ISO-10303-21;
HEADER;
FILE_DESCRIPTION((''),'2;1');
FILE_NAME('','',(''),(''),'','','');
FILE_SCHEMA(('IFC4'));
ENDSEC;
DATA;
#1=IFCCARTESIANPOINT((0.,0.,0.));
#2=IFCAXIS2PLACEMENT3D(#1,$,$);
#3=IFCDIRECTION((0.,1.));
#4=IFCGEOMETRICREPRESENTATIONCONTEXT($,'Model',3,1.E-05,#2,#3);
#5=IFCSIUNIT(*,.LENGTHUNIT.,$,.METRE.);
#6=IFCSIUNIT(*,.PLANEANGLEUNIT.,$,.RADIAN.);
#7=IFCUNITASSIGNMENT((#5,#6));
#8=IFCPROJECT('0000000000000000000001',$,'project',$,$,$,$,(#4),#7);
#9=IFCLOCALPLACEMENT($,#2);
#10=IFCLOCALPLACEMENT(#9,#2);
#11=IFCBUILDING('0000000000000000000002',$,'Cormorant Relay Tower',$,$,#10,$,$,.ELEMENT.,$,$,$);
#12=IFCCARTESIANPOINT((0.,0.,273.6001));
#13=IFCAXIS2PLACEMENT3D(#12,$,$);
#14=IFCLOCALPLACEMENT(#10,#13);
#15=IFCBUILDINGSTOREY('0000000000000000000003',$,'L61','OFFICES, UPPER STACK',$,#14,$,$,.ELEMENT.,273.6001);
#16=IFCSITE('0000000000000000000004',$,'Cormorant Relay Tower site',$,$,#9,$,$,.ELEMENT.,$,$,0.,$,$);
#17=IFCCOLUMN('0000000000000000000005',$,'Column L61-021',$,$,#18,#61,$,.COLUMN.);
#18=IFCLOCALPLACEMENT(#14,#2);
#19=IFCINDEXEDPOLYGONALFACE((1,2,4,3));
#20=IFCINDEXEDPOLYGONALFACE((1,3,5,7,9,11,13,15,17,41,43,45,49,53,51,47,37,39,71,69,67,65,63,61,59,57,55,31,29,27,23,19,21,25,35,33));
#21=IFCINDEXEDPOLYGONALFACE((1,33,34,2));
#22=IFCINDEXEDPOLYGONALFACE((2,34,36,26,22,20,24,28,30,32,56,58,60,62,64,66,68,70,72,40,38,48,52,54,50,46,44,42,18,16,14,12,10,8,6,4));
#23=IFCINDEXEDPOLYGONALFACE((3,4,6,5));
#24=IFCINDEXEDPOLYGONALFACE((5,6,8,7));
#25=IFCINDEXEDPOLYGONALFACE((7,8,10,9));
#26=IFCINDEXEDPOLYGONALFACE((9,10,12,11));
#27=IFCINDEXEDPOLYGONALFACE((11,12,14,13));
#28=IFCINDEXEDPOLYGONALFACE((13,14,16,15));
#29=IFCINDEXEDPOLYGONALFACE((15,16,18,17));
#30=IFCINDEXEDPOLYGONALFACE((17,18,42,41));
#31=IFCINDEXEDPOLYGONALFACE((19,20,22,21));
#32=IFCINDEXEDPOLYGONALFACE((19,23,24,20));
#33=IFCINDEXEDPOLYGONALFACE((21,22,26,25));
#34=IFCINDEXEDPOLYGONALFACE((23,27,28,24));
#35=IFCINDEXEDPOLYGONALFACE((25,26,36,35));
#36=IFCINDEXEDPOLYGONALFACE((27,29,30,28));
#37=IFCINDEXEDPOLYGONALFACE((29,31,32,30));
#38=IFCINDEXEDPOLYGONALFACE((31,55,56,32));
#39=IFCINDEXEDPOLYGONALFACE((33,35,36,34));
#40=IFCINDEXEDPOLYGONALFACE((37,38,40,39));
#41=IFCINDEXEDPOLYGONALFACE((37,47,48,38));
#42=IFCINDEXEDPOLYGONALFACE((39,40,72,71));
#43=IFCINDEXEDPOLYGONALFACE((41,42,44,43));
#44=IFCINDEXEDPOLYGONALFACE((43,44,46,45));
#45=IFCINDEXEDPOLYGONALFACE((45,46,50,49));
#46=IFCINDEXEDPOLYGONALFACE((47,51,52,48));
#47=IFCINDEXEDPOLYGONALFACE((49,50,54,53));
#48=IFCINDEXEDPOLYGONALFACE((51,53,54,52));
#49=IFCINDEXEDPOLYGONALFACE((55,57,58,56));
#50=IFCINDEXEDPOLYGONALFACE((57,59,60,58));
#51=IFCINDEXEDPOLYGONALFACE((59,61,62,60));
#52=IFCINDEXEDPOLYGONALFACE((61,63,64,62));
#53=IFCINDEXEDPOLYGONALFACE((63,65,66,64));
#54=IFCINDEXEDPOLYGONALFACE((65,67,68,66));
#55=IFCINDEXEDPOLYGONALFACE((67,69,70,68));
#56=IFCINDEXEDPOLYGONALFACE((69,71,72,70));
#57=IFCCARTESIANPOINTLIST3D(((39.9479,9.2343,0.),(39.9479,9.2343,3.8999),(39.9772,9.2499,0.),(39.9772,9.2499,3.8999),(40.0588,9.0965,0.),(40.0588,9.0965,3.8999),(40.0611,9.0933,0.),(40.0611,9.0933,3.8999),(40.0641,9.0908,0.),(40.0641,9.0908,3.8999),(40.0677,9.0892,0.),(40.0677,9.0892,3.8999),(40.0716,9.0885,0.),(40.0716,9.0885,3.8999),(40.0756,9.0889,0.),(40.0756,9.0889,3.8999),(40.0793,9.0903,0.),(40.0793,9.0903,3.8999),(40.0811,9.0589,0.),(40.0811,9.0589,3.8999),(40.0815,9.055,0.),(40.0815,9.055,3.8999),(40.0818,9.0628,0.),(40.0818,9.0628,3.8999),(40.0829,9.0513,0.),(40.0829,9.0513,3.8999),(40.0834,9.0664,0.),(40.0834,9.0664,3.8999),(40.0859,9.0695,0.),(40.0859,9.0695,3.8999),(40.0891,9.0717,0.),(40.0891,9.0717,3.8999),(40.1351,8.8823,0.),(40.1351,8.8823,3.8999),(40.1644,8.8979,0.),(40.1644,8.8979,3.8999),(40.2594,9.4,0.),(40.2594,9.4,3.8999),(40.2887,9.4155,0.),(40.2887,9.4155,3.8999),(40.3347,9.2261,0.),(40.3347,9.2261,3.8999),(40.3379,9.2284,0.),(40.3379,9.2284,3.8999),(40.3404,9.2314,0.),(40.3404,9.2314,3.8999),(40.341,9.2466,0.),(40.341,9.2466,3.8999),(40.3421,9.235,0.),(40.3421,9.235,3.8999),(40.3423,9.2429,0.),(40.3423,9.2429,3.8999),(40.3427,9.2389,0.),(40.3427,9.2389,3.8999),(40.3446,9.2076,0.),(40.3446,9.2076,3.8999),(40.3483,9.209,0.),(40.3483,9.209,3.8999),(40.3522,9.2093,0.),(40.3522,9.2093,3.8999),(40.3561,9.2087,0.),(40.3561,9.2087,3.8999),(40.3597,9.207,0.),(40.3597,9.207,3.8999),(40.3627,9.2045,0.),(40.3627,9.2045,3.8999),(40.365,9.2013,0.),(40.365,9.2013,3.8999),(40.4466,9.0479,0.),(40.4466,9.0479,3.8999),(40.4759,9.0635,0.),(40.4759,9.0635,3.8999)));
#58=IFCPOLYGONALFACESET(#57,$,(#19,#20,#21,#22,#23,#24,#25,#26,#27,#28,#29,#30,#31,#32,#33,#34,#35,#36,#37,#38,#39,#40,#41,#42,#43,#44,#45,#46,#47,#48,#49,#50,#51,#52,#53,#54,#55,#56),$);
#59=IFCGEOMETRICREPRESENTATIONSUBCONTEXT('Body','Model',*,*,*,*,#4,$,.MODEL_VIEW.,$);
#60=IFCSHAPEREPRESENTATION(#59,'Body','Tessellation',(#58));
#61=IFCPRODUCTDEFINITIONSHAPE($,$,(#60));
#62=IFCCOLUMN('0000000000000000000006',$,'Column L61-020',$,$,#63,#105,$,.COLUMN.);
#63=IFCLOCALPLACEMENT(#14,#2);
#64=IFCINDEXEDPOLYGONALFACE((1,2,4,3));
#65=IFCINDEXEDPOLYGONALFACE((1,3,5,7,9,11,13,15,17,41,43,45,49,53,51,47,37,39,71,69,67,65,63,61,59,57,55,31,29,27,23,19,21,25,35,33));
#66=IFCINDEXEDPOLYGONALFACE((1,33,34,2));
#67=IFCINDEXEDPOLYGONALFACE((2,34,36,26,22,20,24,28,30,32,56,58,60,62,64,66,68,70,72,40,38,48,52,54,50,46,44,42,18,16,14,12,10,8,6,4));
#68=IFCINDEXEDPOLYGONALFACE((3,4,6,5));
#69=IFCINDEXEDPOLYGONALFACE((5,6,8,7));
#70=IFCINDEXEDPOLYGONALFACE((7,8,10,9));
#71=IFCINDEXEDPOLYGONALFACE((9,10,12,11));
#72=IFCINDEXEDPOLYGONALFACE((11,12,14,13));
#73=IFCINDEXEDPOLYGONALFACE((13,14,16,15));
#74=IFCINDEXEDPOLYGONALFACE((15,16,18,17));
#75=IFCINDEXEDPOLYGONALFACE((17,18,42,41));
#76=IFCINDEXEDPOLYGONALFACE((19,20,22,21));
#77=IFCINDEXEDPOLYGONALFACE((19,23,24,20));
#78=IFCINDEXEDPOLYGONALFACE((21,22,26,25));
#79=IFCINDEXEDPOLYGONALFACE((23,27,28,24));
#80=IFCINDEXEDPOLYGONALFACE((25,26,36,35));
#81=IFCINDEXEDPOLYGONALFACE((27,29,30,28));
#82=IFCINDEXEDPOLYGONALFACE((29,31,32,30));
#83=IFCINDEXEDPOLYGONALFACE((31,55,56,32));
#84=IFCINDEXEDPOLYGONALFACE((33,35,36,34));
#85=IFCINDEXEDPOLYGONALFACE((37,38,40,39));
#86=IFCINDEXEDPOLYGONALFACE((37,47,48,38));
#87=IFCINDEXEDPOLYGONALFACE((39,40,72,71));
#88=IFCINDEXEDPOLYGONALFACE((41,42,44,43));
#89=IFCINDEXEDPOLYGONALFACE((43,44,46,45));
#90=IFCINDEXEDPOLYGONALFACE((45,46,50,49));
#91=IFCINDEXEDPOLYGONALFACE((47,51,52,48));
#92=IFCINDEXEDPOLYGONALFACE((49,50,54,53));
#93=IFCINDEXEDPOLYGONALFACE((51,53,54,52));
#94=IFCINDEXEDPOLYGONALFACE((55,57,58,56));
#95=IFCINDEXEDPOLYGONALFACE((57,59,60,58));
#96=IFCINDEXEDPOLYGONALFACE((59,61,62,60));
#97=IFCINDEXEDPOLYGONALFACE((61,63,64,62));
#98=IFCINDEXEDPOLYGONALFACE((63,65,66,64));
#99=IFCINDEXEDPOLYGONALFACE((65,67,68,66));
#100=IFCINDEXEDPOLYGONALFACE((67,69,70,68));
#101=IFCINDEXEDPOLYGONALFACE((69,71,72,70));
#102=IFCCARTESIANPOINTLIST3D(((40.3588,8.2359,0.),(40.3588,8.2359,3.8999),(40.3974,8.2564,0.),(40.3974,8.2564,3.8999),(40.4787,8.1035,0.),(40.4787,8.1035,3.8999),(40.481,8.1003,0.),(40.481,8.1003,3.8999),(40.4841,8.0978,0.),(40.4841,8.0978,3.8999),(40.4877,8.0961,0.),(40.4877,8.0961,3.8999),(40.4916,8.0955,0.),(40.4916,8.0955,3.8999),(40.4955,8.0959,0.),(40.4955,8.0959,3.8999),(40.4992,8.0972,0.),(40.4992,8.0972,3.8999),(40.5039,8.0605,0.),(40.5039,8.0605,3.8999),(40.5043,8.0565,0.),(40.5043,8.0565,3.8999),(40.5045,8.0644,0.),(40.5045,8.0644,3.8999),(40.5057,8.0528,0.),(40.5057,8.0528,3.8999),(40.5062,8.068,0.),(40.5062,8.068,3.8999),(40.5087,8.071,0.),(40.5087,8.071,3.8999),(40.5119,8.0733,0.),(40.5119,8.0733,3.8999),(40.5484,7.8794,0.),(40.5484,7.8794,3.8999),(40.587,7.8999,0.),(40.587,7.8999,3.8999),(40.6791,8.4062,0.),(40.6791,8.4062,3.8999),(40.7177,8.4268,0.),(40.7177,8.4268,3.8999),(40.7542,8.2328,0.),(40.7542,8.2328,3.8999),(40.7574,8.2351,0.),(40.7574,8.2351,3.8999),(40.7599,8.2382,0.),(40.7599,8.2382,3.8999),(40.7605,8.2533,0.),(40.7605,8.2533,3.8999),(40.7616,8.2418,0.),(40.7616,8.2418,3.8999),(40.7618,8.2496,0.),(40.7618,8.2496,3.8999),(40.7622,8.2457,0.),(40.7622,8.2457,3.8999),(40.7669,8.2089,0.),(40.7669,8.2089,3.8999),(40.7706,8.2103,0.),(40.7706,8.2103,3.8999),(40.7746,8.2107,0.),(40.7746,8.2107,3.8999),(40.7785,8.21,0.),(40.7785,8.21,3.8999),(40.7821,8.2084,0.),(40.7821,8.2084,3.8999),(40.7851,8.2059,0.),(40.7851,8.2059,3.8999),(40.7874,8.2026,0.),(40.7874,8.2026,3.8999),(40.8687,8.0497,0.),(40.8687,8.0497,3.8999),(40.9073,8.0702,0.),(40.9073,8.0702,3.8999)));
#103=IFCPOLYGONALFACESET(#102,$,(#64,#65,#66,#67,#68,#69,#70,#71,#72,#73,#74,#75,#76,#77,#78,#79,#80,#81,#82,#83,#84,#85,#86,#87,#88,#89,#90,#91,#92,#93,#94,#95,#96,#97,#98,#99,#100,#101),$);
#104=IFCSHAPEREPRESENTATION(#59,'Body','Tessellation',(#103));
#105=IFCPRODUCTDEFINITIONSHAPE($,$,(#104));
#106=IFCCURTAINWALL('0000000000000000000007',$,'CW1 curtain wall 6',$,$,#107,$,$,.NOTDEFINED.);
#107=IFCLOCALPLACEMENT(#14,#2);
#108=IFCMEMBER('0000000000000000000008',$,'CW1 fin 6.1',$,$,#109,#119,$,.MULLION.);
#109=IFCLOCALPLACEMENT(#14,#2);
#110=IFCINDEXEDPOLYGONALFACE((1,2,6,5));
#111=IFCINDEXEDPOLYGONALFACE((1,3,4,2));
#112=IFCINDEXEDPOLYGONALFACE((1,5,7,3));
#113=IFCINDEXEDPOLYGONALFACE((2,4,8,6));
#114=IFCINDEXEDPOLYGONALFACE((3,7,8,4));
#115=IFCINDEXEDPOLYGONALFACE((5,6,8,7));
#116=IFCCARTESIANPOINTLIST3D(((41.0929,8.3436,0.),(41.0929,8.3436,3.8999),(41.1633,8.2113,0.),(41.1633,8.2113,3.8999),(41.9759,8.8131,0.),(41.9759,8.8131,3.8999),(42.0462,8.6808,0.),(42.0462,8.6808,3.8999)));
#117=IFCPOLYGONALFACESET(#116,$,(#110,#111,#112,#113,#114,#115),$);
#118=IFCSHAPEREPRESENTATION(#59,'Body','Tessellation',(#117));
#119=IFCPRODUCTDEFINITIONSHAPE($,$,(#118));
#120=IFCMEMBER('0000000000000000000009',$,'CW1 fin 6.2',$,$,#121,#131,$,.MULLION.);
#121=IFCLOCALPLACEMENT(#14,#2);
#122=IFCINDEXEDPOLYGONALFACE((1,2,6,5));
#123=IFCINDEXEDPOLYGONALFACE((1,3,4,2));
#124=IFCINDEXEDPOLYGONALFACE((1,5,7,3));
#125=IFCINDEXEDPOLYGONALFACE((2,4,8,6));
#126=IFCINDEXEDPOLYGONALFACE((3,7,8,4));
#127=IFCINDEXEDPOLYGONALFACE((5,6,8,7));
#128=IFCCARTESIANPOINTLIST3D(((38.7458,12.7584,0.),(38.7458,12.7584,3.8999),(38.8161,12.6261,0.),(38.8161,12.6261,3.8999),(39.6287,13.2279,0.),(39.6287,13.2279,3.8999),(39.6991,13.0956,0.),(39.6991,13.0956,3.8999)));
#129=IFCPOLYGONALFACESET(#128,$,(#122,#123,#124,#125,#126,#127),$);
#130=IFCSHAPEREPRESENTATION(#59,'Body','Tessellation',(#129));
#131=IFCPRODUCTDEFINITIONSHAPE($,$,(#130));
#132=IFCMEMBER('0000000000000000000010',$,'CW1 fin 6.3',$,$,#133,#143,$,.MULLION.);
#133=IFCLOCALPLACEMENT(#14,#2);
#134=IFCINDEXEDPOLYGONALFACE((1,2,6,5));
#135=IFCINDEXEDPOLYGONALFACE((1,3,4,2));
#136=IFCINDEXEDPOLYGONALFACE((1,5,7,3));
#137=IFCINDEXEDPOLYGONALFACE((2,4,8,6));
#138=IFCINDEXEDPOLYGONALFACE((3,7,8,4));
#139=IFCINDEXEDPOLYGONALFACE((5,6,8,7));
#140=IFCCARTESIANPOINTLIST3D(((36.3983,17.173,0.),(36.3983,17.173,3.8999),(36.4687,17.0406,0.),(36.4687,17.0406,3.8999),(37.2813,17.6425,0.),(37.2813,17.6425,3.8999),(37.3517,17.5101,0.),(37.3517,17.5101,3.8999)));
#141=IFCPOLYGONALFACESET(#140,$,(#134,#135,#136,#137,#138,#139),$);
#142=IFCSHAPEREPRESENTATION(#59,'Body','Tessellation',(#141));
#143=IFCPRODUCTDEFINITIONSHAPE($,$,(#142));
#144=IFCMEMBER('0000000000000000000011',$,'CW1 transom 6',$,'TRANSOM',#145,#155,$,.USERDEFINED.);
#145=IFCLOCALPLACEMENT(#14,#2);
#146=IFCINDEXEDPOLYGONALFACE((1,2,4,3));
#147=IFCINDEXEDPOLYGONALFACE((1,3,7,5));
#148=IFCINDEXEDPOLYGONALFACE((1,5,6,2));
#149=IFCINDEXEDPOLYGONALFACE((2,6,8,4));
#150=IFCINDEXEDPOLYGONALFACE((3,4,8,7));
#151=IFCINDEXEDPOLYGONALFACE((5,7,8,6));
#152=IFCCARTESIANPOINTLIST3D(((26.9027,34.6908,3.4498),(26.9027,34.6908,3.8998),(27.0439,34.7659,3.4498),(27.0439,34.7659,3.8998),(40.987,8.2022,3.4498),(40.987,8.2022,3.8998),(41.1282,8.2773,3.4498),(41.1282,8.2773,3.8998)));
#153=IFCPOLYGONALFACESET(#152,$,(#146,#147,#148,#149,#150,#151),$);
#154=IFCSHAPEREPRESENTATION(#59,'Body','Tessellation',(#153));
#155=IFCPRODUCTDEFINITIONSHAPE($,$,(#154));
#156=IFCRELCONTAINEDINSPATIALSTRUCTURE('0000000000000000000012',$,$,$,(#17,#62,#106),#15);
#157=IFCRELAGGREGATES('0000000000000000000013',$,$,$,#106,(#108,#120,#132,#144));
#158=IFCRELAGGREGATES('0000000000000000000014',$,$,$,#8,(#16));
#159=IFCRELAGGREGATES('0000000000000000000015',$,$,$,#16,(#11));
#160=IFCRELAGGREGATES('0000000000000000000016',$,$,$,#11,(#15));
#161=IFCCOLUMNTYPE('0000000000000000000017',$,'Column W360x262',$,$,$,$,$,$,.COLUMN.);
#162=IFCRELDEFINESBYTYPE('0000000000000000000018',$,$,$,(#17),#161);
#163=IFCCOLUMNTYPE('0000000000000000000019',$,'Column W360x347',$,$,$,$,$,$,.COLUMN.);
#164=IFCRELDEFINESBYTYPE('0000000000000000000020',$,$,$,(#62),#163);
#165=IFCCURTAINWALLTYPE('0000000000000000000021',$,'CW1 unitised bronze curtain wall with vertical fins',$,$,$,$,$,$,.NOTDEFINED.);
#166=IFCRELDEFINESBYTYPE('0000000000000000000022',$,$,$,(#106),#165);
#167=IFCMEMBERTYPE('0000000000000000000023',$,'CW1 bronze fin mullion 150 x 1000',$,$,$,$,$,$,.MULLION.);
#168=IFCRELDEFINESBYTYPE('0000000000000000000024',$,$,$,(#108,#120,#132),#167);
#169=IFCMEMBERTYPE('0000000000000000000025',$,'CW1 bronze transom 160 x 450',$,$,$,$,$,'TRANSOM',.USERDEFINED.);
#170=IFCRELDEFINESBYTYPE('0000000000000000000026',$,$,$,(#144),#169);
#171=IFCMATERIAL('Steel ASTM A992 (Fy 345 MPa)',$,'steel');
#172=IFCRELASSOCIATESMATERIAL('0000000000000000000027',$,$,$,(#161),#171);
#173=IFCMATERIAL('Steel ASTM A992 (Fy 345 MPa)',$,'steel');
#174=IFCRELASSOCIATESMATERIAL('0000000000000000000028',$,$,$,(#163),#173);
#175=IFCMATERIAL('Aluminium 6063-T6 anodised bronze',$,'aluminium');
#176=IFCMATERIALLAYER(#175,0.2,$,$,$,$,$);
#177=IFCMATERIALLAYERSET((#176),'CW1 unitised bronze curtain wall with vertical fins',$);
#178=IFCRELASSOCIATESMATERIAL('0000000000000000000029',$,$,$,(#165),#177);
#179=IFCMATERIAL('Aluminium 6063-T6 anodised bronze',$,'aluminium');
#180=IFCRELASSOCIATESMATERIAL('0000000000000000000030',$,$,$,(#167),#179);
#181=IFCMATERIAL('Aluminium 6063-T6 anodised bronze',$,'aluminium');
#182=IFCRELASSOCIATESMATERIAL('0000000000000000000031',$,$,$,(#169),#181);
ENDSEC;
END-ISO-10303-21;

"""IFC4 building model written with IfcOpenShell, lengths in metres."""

from ifc_helpers import new_model, si_unit, direction, frame, origin, origin_2d, place, context, subcontext, project, spatial, rectangle, i_section, extrude, material, layer, layer_set, material_profile, profile_set, type_object, element, aggregate, save


model = new_model("IFC4")

# Units and contexts
model_context = context("Model", 3, precision=1e-05, world=origin(), true_north=direction((0.0, 1.0)))
body_context = subcontext(model_context, "Body", "Model", "MODEL_VIEW")
ifc_project = project(units=[si_unit("LENGTHUNIT", "METRE"), si_unit("PLANEANGLEUNIT", "RADIAN")], contexts=[model_context])

# Site, building, storey
site_placement = place(None, origin())
site = spatial("IfcSite", under=ifc_project, at=site_placement, Name="Cormorant Relay Tower site", CompositionType="ELEMENT", RefElevation=0.0)
building_placement = place(site_placement, origin())
building = spatial("IfcBuilding", under=site, at=building_placement, Name="Cormorant Relay Tower", CompositionType="ELEMENT")
storey_placement = place(building_placement, frame((0.0, 0.0, 273.6001)))
storey = spatial("IfcBuildingStorey", under=building, at=storey_placement, Name="L61", Description="OFFICES, UPPER STACK", CompositionType="ELEMENT", Elevation=273.6001)

# Columns
ifc_material_1 = material(Name="Steel ASTM A992 (Fy 345 MPa)", Category="steel")
ifc_material_profile_1 = material_profile(ifc_material_1, i_section(OverallWidth=0.3987, OverallDepth=0.386, WebThickness=0.021, FlangeThickness=0.0332, FilletRadius=0.0151, at=origin_2d()), Name="W360x262")
ifc_profile_set_1 = profile_set([ifc_material_profile_1], Name="Steel ASTM A992 (Fy 345 MPa)")
column_type_1 = type_object("IfcColumnType", Name="Column W360x262", PredefinedType="COLUMN", material=ifc_profile_set_1)
column_1_placement = place(storey_placement, frame((40.2119, 9.1489, 0.0), z_axis=(0.0, 0.0, 1.0), x_axis=(-0.469472, 0.882948, 0.0)))
element("IfcColumn", 1, at=column_1_placement, inside=storey, type_object=column_type_1, Name="Column L61-021", PredefinedType="COLUMN", context=body_context, shape_type="SweptSolid", body=[
    extrude(i_section(OverallWidth=0.3987, OverallDepth=0.386, WebThickness=0.021, FlangeThickness=0.0332, FilletRadius=0.0151, at=origin_2d()), origin(), (0.0, 0.0, 1.0), 3.8999),
])
ifc_material_2 = material(Name="Steel ASTM A992 (Fy 345 MPa)", Category="steel")
ifc_material_profile_2 = material_profile(ifc_material_2, i_section(OverallWidth=0.4038, OverallDepth=0.4065, WebThickness=0.0271, FlangeThickness=0.0437, FilletRadius=0.0151, at=origin_2d()), Name="W360x347")
ifc_profile_set_2 = profile_set([ifc_material_profile_2], Name="Steel ASTM A992 (Fy 345 MPa)")
column_type_2 = type_object("IfcColumnType", Name="Column W360x347", PredefinedType="COLUMN", material=ifc_profile_set_2)
column_2_placement = place(storey_placement, frame((40.6331, 8.1531, 0.0), z_axis=(0.0, 0.0, 1.0), x_axis=(-0.469472, 0.882948, 0.0)))
element("IfcColumn", 2, at=column_2_placement, inside=storey, type_object=column_type_2, Name="Column L61-020", PredefinedType="COLUMN", context=body_context, shape_type="SweptSolid", body=[
    extrude(i_section(OverallWidth=0.4038, OverallDepth=0.4065, WebThickness=0.0271, FlangeThickness=0.0437, FilletRadius=0.0151, at=origin_2d()), origin(), (0.0, 0.0, 1.0), 3.8999),
])

# Curtain wall, members
ifc_material_3 = material(Name="Aluminium 6063-T6 anodised bronze", Category="aluminium")
ifc_layer_1 = layer(ifc_material_3, 0.2)
ifc_layer_set_1 = layer_set([ifc_layer_1], Name="CW1 unitised bronze curtain wall with vertical fins")
curtain_wall_type = type_object("IfcCurtainWallType", Name="CW1 unitised bronze curtain wall with vertical fins", PredefinedType="NOTDEFINED", material=ifc_layer_set_1)
curtain_wall_1_placement = place(storey_placement, origin())
curtain_wall_1 = element("IfcCurtainWall", 3, at=curtain_wall_1_placement, inside=storey, type_object=curtain_wall_type, Name="CW1 curtain wall 6", PredefinedType="NOTDEFINED")
ifc_material_4 = material(Name="Aluminium 6063-T6 anodised bronze", Category="aluminium")
ifc_material_profile_3 = material_profile(ifc_material_4, rectangle(XDim=0.1499, YDim=1.0, at=origin_2d()), Name="AL 150x1000")
ifc_profile_set_3 = profile_set([ifc_material_profile_3], Name="Aluminium 6063-T6 anodised bronze")
member_type_1 = type_object("IfcMemberType", Name="CW1 bronze fin mullion 150 x 1000", PredefinedType="MULLION", material=ifc_profile_set_3)
member_1_placement = place(storey_placement, frame((41.5696, 8.5122, 0.0), z_axis=(0.0, 0.0, 1.0), x_axis=(-0.469472, 0.882948, 0.0)))
member_1 = element("IfcMember", 4, at=member_1_placement, type_object=member_type_1, Name="CW1 fin 6.1", PredefinedType="MULLION", context=body_context, shape_type="SweptSolid", body=[
    extrude(rectangle(XDim=0.1499, YDim=1.0, at=origin_2d()), origin(), (0.0, 0.0, 1.0), 3.8999),
])
member_2_placement = place(storey_placement, frame((39.2224, 12.927, 0.0), z_axis=(0.0, 0.0, 1.0), x_axis=(-0.469472, 0.882948, 0.0)))
member_2 = element("IfcMember", 5, at=member_2_placement, type_object=member_type_1, Name="CW1 fin 6.2", PredefinedType="MULLION", context=body_context, shape_type="SweptSolid", body=[
    extrude(rectangle(XDim=0.1499, YDim=1.0, at=origin_2d()), origin(), (0.0, 0.0, 1.0), 3.8999),
])
member_3_placement = place(storey_placement, frame((36.875, 17.3416, 0.0), z_axis=(0.0, 0.0, 1.0), x_axis=(-0.469472, 0.882948, 0.0)))
member_3 = element("IfcMember", 6, at=member_3_placement, type_object=member_type_1, Name="CW1 fin 6.3", PredefinedType="MULLION", context=body_context, shape_type="SweptSolid", body=[
    extrude(rectangle(XDim=0.1499, YDim=1.0, at=origin_2d()), origin(), (0.0, 0.0, 1.0), 3.8999),
])
ifc_material_5 = material(Name="Aluminium 6063-T6 anodised bronze", Category="aluminium")
ifc_material_profile_4 = material_profile(ifc_material_5, rectangle(XDim=0.1599, YDim=0.45, at=origin_2d()), Name="AL 160x450")
ifc_profile_set_4 = profile_set([ifc_material_profile_4], Name="Aluminium 6063-T6 anodised bronze")
member_type_2 = type_object("IfcMemberType", Name="CW1 bronze transom 160 x 450", ElementType="TRANSOM", PredefinedType="USERDEFINED", material=ifc_profile_set_4)
member_4_placement = place(storey_placement, frame((41.0576, 8.2397, 3.6748), z_axis=(-0.469472, 0.882947, 0.0), x_axis=(-0.882947, -0.469472, 0.0)))
member_4 = element("IfcMember", 7, at=member_4_placement, type_object=member_type_2, Name="CW1 transom 6", ObjectType="TRANSOM", PredefinedType="USERDEFINED", context=body_context, shape_type="SweptSolid", body=[
    extrude(rectangle(XDim=0.1599, YDim=0.45, at=origin_2d()), origin(), (0.0, 0.0, 1.0), 30.0002),
])

aggregate(curtain_wall_1, [member_1, member_2, member_3, member_4])

save(model, "model.ifc")
